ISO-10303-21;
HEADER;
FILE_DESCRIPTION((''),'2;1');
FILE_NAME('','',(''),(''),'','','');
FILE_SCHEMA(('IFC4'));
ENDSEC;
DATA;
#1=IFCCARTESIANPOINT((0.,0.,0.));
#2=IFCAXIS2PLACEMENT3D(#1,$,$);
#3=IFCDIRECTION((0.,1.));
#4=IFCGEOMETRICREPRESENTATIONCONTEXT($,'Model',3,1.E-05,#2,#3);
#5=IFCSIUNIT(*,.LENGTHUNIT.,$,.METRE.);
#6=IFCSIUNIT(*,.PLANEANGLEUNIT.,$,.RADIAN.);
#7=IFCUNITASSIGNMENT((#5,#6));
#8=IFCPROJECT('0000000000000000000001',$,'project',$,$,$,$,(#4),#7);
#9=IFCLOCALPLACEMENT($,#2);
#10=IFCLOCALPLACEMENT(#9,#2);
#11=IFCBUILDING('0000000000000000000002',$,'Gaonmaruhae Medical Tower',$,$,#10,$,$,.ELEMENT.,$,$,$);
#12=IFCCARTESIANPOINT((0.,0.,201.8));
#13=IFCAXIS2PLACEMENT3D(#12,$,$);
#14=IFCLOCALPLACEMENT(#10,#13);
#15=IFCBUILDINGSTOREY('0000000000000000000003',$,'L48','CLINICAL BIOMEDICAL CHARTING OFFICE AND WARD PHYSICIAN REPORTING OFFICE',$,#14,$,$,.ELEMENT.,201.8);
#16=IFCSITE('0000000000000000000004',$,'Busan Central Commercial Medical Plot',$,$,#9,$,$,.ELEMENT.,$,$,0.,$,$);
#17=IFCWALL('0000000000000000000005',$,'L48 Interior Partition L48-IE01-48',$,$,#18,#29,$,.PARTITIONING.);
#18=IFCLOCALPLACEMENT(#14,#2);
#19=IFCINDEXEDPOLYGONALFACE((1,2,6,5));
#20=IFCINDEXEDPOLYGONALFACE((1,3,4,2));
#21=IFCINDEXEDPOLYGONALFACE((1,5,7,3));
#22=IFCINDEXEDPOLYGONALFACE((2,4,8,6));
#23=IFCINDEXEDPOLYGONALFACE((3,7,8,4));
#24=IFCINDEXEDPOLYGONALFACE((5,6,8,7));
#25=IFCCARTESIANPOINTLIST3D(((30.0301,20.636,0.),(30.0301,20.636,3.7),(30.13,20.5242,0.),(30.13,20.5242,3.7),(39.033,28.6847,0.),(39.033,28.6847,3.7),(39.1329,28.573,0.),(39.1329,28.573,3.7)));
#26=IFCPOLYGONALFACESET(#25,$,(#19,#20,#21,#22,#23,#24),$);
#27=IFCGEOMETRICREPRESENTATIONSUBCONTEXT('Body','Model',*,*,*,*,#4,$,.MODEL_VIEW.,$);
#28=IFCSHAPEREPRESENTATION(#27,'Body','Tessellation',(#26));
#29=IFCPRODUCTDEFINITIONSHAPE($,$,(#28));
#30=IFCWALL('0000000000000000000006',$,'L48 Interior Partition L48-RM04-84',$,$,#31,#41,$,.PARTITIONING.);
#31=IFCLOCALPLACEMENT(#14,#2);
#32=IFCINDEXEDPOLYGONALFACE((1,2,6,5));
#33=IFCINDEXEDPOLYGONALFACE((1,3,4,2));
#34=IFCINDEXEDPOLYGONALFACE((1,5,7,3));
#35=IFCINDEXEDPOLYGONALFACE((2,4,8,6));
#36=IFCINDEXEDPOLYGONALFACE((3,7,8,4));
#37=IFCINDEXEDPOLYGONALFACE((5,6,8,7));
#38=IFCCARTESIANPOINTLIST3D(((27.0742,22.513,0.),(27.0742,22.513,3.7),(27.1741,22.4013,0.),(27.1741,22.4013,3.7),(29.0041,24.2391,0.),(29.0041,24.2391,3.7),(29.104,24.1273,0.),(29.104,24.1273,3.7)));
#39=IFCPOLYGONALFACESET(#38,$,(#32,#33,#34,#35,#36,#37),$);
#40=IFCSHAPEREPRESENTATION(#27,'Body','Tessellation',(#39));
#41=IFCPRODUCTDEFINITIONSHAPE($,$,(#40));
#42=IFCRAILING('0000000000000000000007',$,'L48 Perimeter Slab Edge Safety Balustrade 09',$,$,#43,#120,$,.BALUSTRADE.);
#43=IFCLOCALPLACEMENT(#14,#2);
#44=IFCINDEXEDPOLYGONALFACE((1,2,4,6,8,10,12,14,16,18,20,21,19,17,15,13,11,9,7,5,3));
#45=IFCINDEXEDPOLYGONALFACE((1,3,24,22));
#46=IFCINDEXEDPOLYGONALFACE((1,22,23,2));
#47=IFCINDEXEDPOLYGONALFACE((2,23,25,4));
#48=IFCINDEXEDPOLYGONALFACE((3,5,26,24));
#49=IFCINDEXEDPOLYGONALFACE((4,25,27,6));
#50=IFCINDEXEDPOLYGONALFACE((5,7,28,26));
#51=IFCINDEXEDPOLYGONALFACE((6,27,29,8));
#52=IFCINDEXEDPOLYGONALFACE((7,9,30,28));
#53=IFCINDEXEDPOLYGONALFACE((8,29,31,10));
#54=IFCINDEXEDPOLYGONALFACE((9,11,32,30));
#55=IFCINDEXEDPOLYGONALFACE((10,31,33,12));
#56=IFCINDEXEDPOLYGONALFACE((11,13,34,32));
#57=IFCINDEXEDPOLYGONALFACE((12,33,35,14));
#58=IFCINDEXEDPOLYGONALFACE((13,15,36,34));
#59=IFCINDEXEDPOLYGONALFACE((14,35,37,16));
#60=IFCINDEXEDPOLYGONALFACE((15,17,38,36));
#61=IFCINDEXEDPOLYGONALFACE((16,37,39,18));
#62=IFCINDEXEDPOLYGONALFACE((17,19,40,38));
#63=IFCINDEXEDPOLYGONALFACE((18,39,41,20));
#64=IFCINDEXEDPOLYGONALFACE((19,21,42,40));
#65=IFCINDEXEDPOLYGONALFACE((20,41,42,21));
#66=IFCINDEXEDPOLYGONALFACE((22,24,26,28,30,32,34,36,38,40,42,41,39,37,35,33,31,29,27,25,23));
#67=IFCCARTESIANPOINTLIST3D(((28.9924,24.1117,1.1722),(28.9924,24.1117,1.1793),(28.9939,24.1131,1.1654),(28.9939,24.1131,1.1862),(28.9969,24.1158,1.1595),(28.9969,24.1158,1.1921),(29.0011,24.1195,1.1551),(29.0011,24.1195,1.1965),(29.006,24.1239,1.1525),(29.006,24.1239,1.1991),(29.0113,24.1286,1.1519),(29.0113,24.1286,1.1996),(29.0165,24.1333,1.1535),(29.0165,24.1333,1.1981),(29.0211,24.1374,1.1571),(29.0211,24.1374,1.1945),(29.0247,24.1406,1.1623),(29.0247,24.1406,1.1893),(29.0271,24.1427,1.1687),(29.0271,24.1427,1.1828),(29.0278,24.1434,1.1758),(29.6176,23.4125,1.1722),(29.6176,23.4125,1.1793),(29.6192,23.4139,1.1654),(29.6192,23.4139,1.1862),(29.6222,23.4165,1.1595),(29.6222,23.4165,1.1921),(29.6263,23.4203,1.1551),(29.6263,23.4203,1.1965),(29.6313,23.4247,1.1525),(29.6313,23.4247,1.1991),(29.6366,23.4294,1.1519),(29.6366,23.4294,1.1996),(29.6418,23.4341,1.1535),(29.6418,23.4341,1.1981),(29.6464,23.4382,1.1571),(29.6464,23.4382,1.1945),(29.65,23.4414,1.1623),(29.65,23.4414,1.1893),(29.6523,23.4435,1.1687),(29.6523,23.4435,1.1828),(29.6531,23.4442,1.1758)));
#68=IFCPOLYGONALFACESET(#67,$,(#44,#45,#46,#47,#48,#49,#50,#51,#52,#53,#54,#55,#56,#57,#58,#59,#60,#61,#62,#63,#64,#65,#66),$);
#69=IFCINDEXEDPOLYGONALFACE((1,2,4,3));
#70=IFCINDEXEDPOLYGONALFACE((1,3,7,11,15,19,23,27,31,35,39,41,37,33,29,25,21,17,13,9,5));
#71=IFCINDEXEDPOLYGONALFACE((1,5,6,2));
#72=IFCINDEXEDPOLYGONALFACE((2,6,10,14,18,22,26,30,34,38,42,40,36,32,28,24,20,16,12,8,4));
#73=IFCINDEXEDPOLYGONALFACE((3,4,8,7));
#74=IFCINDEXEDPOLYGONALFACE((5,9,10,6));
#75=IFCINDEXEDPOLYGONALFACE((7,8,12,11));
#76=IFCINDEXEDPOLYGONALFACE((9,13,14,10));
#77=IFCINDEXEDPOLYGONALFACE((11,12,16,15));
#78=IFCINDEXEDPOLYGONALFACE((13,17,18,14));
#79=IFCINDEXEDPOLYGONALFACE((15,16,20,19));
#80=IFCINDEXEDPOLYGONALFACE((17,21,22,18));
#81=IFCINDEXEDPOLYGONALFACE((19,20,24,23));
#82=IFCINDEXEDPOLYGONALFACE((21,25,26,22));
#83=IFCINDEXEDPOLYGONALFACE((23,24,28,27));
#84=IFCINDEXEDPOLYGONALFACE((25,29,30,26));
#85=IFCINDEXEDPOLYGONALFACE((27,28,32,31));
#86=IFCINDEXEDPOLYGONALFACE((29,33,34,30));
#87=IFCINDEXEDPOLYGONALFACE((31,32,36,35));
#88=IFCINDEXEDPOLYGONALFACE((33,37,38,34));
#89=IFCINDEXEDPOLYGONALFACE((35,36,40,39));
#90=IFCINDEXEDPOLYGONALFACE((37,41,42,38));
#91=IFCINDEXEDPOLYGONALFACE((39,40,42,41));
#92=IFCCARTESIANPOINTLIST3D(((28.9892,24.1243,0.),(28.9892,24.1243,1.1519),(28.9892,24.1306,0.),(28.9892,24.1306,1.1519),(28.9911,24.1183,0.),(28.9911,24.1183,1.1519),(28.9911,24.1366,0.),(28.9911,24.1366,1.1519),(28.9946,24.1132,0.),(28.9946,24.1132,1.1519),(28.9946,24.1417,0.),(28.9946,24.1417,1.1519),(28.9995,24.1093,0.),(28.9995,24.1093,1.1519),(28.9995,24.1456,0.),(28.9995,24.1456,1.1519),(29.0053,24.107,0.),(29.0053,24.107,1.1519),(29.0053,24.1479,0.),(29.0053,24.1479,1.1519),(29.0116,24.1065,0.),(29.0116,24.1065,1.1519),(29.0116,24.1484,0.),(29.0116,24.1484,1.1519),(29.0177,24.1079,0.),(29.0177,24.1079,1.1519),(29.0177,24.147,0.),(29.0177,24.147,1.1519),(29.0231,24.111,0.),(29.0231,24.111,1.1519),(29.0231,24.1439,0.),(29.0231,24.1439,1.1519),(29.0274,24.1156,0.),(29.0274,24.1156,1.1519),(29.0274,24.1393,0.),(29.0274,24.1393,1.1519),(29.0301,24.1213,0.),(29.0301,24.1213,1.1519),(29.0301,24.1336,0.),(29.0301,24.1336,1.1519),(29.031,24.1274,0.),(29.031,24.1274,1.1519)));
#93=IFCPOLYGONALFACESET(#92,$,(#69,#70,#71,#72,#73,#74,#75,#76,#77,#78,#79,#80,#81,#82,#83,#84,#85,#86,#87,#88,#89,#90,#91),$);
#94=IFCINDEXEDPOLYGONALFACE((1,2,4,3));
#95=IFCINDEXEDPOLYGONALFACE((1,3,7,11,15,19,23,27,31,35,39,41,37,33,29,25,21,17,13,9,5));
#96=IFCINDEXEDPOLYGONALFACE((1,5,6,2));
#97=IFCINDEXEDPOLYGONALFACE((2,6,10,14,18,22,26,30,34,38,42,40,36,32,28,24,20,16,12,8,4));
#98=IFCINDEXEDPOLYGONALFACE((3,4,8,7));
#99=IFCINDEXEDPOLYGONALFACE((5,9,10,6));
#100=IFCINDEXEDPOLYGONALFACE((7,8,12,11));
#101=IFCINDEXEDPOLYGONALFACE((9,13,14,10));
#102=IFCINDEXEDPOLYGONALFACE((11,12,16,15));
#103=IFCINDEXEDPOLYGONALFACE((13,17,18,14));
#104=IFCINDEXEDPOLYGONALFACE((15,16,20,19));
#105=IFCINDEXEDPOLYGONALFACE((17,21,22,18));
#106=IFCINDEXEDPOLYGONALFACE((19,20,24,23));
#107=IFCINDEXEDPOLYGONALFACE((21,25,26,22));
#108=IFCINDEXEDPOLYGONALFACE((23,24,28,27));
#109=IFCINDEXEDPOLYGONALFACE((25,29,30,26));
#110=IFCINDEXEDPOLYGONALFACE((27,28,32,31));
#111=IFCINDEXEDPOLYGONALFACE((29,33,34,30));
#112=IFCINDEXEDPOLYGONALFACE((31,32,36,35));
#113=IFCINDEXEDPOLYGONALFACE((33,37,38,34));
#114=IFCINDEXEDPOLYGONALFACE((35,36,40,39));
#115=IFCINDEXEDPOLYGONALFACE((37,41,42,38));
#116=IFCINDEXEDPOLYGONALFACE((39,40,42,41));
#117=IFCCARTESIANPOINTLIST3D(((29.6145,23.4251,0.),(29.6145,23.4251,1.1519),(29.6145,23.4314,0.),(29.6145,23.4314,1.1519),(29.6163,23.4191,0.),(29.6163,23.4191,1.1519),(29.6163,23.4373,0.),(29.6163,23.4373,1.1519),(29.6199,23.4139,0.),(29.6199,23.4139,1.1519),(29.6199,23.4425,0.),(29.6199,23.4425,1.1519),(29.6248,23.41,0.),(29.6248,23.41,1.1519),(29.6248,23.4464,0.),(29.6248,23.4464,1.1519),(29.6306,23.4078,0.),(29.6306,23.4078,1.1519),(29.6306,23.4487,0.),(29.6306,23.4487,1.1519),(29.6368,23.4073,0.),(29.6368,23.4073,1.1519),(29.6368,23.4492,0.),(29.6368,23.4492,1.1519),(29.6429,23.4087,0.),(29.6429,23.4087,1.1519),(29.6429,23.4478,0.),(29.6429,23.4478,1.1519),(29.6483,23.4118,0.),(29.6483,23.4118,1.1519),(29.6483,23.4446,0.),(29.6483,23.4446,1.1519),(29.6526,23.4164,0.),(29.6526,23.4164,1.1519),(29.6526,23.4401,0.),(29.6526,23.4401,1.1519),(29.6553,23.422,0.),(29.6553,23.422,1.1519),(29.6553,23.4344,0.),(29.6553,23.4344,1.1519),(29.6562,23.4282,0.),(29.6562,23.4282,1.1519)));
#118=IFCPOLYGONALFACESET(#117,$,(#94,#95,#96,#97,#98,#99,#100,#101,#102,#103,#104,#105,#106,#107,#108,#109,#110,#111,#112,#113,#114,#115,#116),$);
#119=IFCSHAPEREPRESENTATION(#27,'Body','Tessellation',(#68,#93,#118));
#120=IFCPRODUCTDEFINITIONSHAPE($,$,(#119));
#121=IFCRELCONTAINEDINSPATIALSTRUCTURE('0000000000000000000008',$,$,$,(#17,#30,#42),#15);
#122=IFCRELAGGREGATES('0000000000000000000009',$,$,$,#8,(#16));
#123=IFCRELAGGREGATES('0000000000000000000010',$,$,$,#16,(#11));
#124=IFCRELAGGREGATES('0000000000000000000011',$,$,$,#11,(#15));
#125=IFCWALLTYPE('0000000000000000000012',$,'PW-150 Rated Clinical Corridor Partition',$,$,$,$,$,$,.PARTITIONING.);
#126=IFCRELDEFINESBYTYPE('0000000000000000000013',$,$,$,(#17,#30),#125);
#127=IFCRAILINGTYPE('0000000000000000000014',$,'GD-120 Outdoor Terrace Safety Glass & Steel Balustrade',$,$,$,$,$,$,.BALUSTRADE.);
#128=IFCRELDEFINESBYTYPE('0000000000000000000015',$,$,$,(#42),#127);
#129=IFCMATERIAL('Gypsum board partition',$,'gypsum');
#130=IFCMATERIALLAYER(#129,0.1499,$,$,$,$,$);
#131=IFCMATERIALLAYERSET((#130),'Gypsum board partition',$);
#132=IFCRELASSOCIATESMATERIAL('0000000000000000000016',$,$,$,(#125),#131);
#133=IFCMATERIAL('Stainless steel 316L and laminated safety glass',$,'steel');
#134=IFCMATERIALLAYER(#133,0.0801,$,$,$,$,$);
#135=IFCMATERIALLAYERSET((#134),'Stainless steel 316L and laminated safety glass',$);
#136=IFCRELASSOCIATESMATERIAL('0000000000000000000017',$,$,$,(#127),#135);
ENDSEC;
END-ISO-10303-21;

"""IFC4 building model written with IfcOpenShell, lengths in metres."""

from ifc_helpers import new_model, si_unit, direction, frame, frame_2d, origin, origin_2d, place, context, subcontext, project, spatial, rectangle, circle, extrude, material, layer, layer_set, type_object, element, save


model = new_model("IFC4")

# Units and contexts
model_context = context("Model", 3, precision=1e-05, world=origin(), true_north=direction((0.0, 1.0)))
body_context = subcontext(model_context, "Body", "Model", "MODEL_VIEW")
ifc_project = project(units=[si_unit("LENGTHUNIT", "METRE"), si_unit("PLANEANGLEUNIT", "RADIAN")], contexts=[model_context])

# Site, building, storey
site_placement = place(None, origin())
site = spatial("IfcSite", under=ifc_project, at=site_placement, Name="Busan Central Commercial Medical Plot", CompositionType="ELEMENT", RefElevation=0.0)
building_placement = place(site_placement, origin())
building = spatial("IfcBuilding", under=site, at=building_placement, Name="Gaonmaruhae Medical Tower", CompositionType="ELEMENT")
storey_placement = place(building_placement, frame((0.0, 0.0, 201.8)))
storey = spatial("IfcBuildingStorey", under=building, at=storey_placement, Name="L48", Description="CLINICAL BIOMEDICAL CHARTING OFFICE AND WARD PHYSICIAN REPORTING OFFICE", CompositionType="ELEMENT", Elevation=201.8)

# Walls
ifc_material_1 = material(Name="Gypsum board partition", Category="gypsum")
ifc_layer_1 = layer(ifc_material_1, 0.1499)
ifc_layer_set_1 = layer_set([ifc_layer_1], Name="Gypsum board partition")
wall_type_1 = type_object("IfcWallType", Name="PW-150 Rated Clinical Corridor Partition", PredefinedType="PARTITIONING", material=ifc_layer_set_1)
wall_1_placement = place(storey_placement, frame((30.0801, 20.5801, 0.0), z_axis=(0.0, 0.0, 1.0), x_axis=(0.745506, 0.666499, 0.0)))
element("IfcWall", 1, at=wall_1_placement, inside=storey, type_object=wall_type_1, Name="L48 Interior Partition L48-IE01-48", PredefinedType="PARTITIONING", context=body_context, shape_type="SweptSolid", body=[
    extrude(rectangle(XDim=12.0762, YDim=0.1499, at=frame_2d((6.0381, 0.0))), origin(), (0.0, 0.0, 1.0), 3.7),
])
wall_2_placement = place(storey_placement, frame((29.054, 24.1831, 0.0), z_axis=(0.0, 0.0, 1.0), x_axis=(-0.745377, -0.666643, 0.0)))
element("IfcWall", 2, at=wall_2_placement, inside=storey, type_object=wall_type_1, Name="L48 Interior Partition L48-RM04-84", PredefinedType="PARTITIONING", context=body_context, shape_type="SweptSolid", body=[
    extrude(rectangle(XDim=2.5891, YDim=0.1499, at=frame_2d((1.2944, 0.0))), origin(), (0.0, 0.0, 1.0), 3.7),
])

# Railing
ifc_material_2 = material(Name="Stainless steel 316L and laminated safety glass", Category="steel")
ifc_layer_2 = layer(ifc_material_2, 0.0801)
ifc_layer_set_2 = layer_set([ifc_layer_2], Name="Stainless steel 316L and laminated safety glass")
railing_type_1 = type_object("IfcRailingType", Name="GD-120 Outdoor Terrace Safety Glass & Steel Balustrade", PredefinedType="BALUSTRADE", material=ifc_layer_set_2)
railing_1_placement = place(storey_placement, frame((29.01, 24.1274, 0.0)))
element("IfcRailing", 3, at=railing_1_placement, inside=storey, type_object=railing_type_1, Name="L48 Perimeter Slab Edge Safety Balustrade 09", PredefinedType="BALUSTRADE", context=body_context, shape_type="SweptSolid", body=[
    extrude(circle(Radius=0.0239, at=origin_2d()), frame((0.0, 0.0, 1.1758), z_axis=(0.666574, -0.745439, 0.0), x_axis=(0.745439, 0.666574, 0.0)), (0.0, 0.0, 1.0), 0.938),
    extrude(circle(Radius=0.021, at=origin_2d()), origin(), (0.0, 0.0, 1.0), 1.1519),
    extrude(circle(Radius=0.021, at=origin_2d()), frame((0.6252, -0.6992, 0.0)), (0.0, 0.0, 1.0), 1.1519),
])

save(model, "model.ifc")
